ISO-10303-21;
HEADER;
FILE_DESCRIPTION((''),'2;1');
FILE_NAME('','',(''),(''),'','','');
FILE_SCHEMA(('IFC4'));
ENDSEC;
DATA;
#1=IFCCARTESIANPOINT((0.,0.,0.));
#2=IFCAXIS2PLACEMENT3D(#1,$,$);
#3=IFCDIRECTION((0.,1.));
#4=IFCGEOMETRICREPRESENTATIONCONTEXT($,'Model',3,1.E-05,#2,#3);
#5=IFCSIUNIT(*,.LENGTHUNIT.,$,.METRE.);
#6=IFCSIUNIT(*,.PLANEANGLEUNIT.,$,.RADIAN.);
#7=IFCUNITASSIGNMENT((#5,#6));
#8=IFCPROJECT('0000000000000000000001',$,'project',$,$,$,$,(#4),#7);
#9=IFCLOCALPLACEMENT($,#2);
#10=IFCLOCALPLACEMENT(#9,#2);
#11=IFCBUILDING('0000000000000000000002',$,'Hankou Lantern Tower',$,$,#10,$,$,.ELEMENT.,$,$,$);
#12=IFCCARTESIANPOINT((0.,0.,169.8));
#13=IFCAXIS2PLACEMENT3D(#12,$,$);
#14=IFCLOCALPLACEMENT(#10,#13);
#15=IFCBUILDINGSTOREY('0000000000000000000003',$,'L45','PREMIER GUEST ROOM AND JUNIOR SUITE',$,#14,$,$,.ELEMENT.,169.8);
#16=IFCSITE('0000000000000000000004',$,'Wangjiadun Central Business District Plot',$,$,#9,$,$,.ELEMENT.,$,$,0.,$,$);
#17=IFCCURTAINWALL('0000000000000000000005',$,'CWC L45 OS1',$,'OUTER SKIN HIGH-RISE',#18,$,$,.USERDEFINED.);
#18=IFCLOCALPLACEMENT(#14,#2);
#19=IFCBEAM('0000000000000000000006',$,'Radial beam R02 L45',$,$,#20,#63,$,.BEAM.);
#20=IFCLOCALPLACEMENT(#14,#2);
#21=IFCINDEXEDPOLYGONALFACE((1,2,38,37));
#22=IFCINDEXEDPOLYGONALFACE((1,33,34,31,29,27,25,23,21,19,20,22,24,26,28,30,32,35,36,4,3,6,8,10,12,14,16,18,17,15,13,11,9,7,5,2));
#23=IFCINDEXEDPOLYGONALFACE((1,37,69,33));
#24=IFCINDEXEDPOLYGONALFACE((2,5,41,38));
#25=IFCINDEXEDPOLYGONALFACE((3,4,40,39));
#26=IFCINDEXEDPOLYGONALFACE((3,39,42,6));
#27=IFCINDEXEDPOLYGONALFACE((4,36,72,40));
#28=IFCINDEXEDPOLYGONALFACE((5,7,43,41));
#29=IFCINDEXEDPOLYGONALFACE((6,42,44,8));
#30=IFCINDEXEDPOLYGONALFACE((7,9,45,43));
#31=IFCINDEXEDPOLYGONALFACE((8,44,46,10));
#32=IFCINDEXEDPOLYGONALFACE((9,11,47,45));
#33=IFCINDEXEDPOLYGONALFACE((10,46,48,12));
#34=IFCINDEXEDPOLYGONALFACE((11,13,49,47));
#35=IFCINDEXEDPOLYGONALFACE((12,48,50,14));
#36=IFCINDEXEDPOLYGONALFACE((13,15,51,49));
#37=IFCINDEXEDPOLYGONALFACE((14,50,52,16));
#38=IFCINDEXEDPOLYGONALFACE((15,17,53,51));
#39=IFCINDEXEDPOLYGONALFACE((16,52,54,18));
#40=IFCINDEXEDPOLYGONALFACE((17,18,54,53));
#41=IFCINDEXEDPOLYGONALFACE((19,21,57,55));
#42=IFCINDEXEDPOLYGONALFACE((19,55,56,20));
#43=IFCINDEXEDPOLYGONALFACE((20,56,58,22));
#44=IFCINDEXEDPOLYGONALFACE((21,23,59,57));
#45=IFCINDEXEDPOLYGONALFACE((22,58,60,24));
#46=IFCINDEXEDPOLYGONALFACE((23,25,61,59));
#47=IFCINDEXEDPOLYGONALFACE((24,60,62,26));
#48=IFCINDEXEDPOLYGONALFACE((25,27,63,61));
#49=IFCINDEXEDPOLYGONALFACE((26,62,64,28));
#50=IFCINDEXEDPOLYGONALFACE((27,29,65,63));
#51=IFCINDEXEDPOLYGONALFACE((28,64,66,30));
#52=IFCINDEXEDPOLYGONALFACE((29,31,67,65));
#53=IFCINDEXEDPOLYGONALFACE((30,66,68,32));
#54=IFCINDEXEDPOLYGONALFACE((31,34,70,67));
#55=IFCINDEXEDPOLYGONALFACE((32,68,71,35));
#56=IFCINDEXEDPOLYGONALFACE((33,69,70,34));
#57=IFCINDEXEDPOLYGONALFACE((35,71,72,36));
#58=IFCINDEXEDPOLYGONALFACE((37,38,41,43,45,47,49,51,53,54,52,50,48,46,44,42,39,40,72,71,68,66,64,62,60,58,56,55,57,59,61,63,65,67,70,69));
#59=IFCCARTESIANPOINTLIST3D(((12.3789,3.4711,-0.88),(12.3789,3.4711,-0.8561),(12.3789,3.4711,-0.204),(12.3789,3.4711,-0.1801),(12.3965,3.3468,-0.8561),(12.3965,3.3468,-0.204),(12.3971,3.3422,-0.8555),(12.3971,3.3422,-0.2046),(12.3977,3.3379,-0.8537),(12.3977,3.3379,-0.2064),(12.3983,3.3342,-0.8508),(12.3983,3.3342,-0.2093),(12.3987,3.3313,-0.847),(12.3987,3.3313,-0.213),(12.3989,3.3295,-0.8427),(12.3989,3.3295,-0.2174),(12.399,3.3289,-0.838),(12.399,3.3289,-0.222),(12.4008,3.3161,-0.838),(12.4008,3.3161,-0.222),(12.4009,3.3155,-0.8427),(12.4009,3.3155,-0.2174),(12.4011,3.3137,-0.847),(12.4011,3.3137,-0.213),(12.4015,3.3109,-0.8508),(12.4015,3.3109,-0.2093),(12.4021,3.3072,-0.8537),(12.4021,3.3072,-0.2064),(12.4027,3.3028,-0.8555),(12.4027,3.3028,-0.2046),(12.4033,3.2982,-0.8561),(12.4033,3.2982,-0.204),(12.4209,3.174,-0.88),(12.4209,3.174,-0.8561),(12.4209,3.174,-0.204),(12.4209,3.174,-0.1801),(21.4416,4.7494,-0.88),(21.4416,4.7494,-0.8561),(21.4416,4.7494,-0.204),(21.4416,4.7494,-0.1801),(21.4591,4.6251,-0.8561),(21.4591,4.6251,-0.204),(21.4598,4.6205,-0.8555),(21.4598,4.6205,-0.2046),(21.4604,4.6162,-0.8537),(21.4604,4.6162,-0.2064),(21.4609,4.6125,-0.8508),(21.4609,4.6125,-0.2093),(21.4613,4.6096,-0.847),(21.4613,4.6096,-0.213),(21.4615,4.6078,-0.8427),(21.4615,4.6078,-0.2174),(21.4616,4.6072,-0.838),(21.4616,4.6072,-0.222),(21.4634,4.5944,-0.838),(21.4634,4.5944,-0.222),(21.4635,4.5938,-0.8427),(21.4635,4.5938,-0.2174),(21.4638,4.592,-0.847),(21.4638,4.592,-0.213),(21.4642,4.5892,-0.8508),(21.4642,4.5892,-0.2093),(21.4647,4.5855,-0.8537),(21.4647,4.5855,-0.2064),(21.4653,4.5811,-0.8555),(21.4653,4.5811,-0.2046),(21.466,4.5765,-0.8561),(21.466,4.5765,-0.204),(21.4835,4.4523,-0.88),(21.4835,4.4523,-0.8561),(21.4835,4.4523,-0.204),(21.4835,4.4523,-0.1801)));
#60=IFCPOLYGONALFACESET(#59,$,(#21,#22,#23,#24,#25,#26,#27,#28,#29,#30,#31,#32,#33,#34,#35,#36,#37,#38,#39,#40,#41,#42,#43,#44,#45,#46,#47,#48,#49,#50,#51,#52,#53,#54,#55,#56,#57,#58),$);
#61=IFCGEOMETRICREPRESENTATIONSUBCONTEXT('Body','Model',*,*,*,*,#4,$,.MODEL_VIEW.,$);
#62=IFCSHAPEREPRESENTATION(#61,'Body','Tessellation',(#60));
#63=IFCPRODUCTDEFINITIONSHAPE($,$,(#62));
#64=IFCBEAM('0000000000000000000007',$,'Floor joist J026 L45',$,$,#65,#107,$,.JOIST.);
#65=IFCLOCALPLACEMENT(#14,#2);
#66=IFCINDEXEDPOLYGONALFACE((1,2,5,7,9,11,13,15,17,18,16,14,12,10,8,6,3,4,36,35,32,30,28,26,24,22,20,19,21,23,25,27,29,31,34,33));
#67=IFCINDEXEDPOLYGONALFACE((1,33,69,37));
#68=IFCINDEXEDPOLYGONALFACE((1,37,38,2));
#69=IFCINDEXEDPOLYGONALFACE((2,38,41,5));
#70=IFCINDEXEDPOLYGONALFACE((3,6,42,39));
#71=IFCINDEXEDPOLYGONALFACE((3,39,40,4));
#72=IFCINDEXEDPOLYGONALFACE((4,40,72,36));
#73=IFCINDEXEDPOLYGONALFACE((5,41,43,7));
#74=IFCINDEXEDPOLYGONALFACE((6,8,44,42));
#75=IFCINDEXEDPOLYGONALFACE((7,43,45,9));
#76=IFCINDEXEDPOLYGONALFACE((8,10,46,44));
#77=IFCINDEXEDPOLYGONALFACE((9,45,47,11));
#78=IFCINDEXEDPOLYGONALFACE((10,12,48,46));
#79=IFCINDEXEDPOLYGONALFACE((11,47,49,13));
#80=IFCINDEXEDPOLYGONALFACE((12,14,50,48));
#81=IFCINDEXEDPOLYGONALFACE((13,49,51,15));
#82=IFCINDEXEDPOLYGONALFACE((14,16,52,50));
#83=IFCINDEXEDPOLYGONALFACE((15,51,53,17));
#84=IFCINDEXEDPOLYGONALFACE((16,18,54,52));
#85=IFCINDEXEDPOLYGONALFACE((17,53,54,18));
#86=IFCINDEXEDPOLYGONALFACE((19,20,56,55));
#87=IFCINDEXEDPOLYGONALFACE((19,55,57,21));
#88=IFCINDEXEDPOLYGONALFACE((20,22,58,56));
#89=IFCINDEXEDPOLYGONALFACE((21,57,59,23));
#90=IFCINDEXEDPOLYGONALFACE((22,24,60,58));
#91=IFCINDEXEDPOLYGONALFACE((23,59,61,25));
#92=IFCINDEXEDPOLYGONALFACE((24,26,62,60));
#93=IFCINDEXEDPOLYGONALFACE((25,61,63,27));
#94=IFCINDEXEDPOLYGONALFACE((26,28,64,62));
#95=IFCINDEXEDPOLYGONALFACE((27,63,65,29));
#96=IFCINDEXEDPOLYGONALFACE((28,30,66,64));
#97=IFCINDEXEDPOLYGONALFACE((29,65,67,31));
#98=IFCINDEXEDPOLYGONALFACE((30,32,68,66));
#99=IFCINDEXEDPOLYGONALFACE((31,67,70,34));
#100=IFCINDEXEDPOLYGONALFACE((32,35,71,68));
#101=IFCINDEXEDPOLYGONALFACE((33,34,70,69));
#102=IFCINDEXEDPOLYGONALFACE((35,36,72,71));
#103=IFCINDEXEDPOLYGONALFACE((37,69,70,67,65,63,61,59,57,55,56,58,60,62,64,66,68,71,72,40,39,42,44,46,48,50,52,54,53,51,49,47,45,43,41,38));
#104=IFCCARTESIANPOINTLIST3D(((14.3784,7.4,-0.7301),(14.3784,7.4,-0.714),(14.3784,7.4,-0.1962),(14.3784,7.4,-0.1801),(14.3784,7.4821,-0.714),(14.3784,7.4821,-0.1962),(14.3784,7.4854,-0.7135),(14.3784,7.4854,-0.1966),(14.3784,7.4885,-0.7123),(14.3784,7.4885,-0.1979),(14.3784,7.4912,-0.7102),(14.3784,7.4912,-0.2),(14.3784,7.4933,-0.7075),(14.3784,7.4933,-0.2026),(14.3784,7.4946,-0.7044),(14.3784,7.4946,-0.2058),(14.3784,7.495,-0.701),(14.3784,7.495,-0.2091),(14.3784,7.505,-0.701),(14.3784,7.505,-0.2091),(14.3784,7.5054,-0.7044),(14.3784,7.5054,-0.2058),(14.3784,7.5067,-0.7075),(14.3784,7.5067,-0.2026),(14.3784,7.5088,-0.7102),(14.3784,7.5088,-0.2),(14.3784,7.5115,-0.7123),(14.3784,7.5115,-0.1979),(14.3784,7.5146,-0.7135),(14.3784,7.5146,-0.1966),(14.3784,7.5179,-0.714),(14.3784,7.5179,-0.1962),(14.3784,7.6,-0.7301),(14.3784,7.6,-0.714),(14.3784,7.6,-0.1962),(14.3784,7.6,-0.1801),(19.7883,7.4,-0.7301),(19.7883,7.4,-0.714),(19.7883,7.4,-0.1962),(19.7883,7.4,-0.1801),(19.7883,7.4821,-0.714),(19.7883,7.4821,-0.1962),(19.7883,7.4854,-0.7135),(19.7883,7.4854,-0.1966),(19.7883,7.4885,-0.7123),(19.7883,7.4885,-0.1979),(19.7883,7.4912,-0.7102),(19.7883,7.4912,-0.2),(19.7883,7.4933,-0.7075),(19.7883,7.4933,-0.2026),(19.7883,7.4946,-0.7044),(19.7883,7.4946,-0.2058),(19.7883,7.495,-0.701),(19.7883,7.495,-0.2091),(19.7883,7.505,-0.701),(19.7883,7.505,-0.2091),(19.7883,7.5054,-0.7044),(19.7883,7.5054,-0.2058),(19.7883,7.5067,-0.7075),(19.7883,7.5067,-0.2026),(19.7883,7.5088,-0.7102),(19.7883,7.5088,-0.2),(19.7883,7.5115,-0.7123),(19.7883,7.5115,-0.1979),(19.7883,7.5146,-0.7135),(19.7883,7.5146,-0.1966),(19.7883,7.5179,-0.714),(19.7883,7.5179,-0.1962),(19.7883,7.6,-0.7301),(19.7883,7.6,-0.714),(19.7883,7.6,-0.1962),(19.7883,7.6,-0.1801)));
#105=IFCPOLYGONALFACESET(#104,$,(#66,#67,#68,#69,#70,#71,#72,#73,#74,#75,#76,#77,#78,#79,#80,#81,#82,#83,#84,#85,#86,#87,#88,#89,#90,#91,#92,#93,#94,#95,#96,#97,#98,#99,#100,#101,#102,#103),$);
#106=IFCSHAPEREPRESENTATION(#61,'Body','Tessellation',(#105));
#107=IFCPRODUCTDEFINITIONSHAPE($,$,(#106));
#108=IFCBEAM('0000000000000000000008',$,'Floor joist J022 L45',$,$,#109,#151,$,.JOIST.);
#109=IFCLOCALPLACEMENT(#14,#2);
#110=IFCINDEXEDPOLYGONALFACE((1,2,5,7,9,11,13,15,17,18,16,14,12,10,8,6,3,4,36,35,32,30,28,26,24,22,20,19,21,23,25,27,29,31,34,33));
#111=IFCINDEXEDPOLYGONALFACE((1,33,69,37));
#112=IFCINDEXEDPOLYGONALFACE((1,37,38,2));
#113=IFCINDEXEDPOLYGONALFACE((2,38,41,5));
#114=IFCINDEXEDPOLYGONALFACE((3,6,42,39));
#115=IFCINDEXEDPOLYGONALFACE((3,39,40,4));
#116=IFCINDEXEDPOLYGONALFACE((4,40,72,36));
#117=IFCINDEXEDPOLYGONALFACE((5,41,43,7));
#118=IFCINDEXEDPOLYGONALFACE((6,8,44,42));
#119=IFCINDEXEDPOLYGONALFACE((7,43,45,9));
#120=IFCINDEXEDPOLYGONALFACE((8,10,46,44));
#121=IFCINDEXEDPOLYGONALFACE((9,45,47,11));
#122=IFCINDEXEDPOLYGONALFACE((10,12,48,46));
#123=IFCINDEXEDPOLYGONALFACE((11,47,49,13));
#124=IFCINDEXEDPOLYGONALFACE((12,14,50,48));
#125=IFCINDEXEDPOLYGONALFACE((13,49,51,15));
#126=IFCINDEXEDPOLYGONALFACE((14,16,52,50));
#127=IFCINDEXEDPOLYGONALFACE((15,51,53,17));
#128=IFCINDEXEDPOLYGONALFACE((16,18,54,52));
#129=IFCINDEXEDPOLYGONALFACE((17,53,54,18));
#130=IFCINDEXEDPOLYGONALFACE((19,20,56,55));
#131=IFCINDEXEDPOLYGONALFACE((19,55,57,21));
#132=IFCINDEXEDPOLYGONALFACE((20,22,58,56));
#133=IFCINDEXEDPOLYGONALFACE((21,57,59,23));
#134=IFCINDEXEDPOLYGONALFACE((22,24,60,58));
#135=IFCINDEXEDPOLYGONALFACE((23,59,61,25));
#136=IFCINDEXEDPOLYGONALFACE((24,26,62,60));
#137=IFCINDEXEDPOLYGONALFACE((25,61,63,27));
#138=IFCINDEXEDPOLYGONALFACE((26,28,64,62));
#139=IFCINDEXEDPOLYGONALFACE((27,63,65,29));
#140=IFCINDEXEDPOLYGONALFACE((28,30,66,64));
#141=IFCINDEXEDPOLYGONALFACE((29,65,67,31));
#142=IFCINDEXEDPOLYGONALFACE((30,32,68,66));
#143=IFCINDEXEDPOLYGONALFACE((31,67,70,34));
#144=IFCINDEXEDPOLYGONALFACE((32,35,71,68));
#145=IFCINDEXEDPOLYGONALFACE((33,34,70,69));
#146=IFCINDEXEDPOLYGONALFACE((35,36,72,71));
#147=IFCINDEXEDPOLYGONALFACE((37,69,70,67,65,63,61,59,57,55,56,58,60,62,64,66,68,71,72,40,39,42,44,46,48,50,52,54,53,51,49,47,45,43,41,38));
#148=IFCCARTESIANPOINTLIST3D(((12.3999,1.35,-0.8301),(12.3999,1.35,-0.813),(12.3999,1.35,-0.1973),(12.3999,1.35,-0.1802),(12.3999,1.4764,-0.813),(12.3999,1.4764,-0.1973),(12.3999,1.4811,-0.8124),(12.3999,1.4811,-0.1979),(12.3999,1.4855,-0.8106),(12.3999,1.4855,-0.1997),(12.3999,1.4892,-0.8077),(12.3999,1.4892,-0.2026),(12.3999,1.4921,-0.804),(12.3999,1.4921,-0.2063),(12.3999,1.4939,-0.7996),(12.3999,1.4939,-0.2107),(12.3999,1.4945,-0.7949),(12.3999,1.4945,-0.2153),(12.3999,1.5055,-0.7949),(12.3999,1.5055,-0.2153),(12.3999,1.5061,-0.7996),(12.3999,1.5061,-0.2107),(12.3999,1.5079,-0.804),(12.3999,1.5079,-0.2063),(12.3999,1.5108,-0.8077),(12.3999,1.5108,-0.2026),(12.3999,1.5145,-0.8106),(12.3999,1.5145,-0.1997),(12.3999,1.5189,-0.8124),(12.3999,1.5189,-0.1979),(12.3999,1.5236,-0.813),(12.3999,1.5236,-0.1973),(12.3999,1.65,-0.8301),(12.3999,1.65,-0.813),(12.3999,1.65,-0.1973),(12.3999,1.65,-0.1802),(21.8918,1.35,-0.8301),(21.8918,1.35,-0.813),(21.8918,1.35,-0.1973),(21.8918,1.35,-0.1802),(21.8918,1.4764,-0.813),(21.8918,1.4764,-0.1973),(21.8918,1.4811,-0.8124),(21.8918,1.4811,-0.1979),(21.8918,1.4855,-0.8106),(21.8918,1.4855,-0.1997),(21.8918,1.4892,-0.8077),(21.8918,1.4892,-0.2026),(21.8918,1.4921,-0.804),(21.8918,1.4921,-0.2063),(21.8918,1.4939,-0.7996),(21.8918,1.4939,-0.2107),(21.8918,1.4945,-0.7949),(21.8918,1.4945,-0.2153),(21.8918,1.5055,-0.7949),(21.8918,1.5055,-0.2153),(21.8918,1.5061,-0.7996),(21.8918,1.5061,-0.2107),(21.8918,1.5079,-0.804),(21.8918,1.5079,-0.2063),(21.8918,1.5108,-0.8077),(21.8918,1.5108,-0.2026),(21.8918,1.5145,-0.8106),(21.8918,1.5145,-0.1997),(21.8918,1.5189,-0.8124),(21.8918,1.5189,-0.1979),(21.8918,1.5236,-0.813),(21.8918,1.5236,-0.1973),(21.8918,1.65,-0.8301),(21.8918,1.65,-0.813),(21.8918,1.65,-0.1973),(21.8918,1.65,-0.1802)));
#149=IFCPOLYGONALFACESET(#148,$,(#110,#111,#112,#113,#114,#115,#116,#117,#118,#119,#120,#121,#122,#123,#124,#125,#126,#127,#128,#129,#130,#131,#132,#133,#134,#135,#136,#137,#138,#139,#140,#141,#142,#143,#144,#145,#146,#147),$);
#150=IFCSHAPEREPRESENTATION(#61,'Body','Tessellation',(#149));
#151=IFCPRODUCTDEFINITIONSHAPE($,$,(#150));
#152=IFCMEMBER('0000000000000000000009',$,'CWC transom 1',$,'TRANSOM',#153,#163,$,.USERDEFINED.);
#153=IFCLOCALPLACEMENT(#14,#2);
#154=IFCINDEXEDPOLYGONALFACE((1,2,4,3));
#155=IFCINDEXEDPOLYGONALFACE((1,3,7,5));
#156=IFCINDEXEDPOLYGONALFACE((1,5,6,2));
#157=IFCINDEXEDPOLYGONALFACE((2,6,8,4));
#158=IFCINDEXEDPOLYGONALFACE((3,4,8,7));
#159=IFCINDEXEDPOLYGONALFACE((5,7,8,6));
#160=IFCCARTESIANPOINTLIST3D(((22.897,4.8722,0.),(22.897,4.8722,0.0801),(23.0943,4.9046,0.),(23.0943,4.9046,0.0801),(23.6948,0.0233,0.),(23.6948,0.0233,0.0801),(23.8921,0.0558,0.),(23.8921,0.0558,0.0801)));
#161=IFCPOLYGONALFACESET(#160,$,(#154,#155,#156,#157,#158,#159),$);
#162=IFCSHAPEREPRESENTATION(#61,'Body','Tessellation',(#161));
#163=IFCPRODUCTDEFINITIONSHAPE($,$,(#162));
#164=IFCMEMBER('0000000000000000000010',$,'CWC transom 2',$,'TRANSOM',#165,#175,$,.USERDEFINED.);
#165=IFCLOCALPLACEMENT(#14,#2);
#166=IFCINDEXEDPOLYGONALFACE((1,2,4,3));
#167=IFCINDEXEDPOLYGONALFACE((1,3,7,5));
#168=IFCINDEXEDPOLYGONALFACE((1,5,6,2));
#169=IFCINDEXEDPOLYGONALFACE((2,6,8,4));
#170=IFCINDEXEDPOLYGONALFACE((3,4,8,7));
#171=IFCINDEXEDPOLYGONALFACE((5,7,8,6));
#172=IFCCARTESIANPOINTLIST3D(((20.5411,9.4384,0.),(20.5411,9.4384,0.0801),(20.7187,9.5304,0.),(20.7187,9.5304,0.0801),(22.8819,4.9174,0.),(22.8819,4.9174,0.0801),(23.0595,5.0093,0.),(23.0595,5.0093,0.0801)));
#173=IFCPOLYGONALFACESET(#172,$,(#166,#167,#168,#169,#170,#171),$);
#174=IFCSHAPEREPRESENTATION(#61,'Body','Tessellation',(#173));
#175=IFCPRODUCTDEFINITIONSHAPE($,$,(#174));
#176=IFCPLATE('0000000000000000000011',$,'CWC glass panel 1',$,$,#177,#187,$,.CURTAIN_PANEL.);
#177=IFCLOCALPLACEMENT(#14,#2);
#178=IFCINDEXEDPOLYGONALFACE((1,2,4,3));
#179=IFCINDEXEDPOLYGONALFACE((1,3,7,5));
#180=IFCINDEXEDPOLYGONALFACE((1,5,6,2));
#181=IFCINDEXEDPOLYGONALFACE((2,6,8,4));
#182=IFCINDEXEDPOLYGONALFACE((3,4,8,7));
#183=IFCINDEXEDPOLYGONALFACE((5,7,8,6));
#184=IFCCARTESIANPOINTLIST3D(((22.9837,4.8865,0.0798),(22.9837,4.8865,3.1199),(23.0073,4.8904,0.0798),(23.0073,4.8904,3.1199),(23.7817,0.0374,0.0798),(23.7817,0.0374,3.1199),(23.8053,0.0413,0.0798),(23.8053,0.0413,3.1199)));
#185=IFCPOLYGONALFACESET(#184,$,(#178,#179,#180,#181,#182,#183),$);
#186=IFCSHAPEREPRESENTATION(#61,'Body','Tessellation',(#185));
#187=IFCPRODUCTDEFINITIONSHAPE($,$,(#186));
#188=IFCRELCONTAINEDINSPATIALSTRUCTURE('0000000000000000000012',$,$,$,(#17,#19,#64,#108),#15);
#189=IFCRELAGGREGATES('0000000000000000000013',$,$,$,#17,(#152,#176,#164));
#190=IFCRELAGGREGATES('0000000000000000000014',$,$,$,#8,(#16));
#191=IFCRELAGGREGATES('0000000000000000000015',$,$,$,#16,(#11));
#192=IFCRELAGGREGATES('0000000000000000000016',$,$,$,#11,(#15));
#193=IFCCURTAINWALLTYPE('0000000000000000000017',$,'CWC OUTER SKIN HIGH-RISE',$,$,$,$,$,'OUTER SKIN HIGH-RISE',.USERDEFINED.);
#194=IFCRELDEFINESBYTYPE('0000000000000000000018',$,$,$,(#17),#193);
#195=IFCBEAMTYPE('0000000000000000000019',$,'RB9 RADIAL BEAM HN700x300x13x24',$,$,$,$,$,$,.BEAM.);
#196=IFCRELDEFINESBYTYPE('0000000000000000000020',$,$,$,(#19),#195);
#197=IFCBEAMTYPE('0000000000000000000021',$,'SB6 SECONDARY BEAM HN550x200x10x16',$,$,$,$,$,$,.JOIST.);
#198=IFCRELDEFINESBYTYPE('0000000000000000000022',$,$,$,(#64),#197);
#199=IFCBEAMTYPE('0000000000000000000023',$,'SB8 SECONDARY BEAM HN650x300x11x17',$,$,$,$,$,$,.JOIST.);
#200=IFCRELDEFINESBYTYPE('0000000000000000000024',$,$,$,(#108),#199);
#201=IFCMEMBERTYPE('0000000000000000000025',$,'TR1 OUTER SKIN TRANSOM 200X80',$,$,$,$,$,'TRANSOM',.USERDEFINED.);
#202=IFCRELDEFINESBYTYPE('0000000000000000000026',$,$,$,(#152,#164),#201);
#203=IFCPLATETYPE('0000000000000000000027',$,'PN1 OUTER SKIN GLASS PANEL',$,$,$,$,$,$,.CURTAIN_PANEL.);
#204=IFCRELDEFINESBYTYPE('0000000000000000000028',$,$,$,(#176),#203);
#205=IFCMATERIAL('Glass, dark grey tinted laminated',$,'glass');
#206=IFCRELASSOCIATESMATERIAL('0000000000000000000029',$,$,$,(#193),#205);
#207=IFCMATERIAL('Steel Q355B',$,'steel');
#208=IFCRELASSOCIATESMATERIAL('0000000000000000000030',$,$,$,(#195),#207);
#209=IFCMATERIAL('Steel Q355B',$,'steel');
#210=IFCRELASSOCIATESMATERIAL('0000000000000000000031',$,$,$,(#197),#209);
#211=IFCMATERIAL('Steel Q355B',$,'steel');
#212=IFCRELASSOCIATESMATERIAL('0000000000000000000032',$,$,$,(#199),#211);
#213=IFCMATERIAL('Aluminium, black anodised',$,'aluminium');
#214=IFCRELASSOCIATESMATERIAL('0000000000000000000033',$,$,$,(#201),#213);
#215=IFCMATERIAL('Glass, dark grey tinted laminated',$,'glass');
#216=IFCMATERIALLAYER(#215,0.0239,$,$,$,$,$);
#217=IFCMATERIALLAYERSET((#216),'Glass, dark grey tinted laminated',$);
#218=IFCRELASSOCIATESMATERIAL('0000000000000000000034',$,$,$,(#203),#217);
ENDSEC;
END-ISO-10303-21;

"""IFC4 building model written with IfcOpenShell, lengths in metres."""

from ifc_helpers import new_model, si_unit, direction, frame, origin, origin_2d, place, context, subcontext, project, spatial, rectangle, i_section, extrude, material, layer, layer_set, material_profile, profile_set, type_object, element, aggregate, save


model = new_model("IFC4")

# Units and contexts
model_context = context("Model", 3, precision=1e-05, world=origin(), true_north=direction((0.0, 1.0)))
body_context = subcontext(model_context, "Body", "Model", "MODEL_VIEW")
ifc_project = project(units=[si_unit("LENGTHUNIT", "METRE"), si_unit("PLANEANGLEUNIT", "RADIAN")], contexts=[model_context])

# Site, building, storey
site_placement = place(None, origin())
site = spatial("IfcSite", under=ifc_project, at=site_placement, Name="Wangjiadun Central Business District Plot", CompositionType="ELEMENT", RefElevation=0.0)
building_placement = place(site_placement, origin())
building = spatial("IfcBuilding", under=site, at=building_placement, Name="Hankou Lantern Tower", CompositionType="ELEMENT")
storey_placement = place(building_placement, frame((0.0, 0.0, 169.8)))
storey = spatial("IfcBuildingStorey", under=building, at=storey_placement, Name="L45", Description="PREMIER GUEST ROOM AND JUNIOR SUITE", CompositionType="ELEMENT", Elevation=169.8)

# Curtain wall
ifc_material_1 = material(Name="Glass, dark grey tinted laminated", Category="glass")
curtain_wall_type = type_object("IfcCurtainWallType", Name="CWC OUTER SKIN HIGH-RISE", ElementType="OUTER SKIN HIGH-RISE", PredefinedType="USERDEFINED", material=ifc_material_1)
curtain_wall_placement = place(storey_placement, origin())
curtain_wall = element("IfcCurtainWall", 1, at=curtain_wall_placement, inside=storey, type_object=curtain_wall_type, Name="CWC L45 OS1", ObjectType="OUTER SKIN HIGH-RISE", PredefinedType="USERDEFINED")

# Beams
ifc_material_2 = material(Name="Steel Q355B", Category="steel")
ifc_material_profile_1 = material_profile(ifc_material_2, i_section(OverallWidth=0.3, OverallDepth=0.7, WebThickness=0.0129, FlangeThickness=0.0239, FilletRadius=0.0181, at=origin_2d()), Name="HN700x300x13x24")
ifc_profile_set_1 = profile_set([ifc_material_profile_1], Name="Steel Q355B")
beam_type_1 = type_object("IfcBeamType", Name="RB9 RADIAL BEAM HN700x300x13x24", PredefinedType="BEAM", material=ifc_profile_set_1)
beam_1_placement = place(storey_placement, frame((12.3999, 3.3225, -0.53), z_axis=(0.990198, 0.13967, 0.0), x_axis=(-0.13967, 0.990198, 0.0)))
element("IfcBeam", 2, at=beam_1_placement, inside=storey, type_object=beam_type_1, Name="Radial beam R02 L45", PredefinedType="BEAM", context=body_context, shape_type="SweptSolid", body=[
    extrude(i_section(OverallWidth=0.3, OverallDepth=0.7, WebThickness=0.0129, FlangeThickness=0.0239, FilletRadius=0.0181, at=origin_2d()), origin(), (0.0, 0.0, 1.0), 9.1523),
])
ifc_material_3 = material(Name="Steel Q355B", Category="steel")
ifc_material_profile_2 = material_profile(ifc_material_3, i_section(OverallWidth=0.2, OverallDepth=0.55, WebThickness=0.01, FlangeThickness=0.0161, FilletRadius=0.0129, at=origin_2d()), Name="HN550x200x10x16")
ifc_profile_set_2 = profile_set([ifc_material_profile_2], Name="Steel Q355B")
beam_type_2 = type_object("IfcBeamType", Name="SB6 SECONDARY BEAM HN550x200x10x16", PredefinedType="JOIST", material=ifc_profile_set_2)
beam_2_placement = place(storey_placement, frame((14.3784, 7.5, -0.4551), z_axis=(1.0, 0.0, 0.0), x_axis=(0.0, 1.0, 0.0)))
element("IfcBeam", 3, at=beam_2_placement, inside=storey, type_object=beam_type_2, Name="Floor joist J026 L45", PredefinedType="JOIST", context=body_context, shape_type="SweptSolid", body=[
    extrude(i_section(OverallWidth=0.2, OverallDepth=0.55, WebThickness=0.01, FlangeThickness=0.0161, FilletRadius=0.0129, at=origin_2d()), origin(), (0.0, 0.0, 1.0), 5.4099),
])
ifc_material_4 = material(Name="Steel Q355B", Category="steel")
ifc_material_profile_3 = material_profile(ifc_material_4, i_section(OverallWidth=0.3, OverallDepth=0.6499, WebThickness=0.011, FlangeThickness=0.0171, FilletRadius=0.0181, at=origin_2d()), Name="HN650x300x11x17")
ifc_profile_set_3 = profile_set([ifc_material_profile_3], Name="Steel Q355B")
beam_type_3 = type_object("IfcBeamType", Name="SB8 SECONDARY BEAM HN650x300x11x17", PredefinedType="JOIST", material=ifc_profile_set_3)
beam_3_placement = place(storey_placement, frame((12.3999, 1.5, -0.5051), z_axis=(1.0, 0.0, 0.0), x_axis=(0.0, 1.0, 0.0)))
element("IfcBeam", 4, at=beam_3_placement, inside=storey, type_object=beam_type_3, Name="Floor joist J022 L45", PredefinedType="JOIST", context=body_context, shape_type="SweptSolid", body=[
    extrude(i_section(OverallWidth=0.3, OverallDepth=0.6499, WebThickness=0.011, FlangeThickness=0.0171, FilletRadius=0.0181, at=origin_2d()), origin(), (0.0, 0.0, 1.0), 9.4919),
])

# Members
ifc_material_5 = material(Name="Aluminium, black anodised", Category="aluminium")
ifc_material_profile_4 = material_profile(ifc_material_5, rectangle(XDim=0.2, YDim=0.0801, at=origin_2d()), Name="TR1 200X80")
ifc_profile_set_4 = profile_set([ifc_material_profile_4], Name="Aluminium, black anodised")
member_type_1 = type_object("IfcMemberType", Name="TR1 OUTER SKIN TRANSOM 200X80", ElementType="TRANSOM", PredefinedType="USERDEFINED", material=ifc_profile_set_4)
member_1_placement = place(storey_placement, frame((23.7935, 0.0396, 0.04), z_axis=(-0.16236, 0.986732, 0.0), x_axis=(-0.986732, -0.16236, 0.0)))
member_1 = element("IfcMember", 5, at=member_1_placement, type_object=member_type_1, Name="CWC transom 1", ObjectType="TRANSOM", PredefinedType="USERDEFINED", context=body_context, shape_type="SweptSolid", body=[
    extrude(rectangle(XDim=0.2, YDim=0.0801, at=origin_2d()), origin(), (0.0, 0.0, 1.0), 4.9141),
])
member_2_placement = place(storey_placement, frame((22.9707, 4.9634, 0.04), z_axis=(-0.459791, 0.888027, 0.0), x_axis=(-0.888027, -0.459791, 0.0)))
member_2 = element("IfcMember", 6, at=member_2_placement, type_object=member_type_1, Name="CWC transom 2", ObjectType="TRANSOM", PredefinedType="USERDEFINED", context=body_context, shape_type="SweptSolid", body=[
    extrude(rectangle(XDim=0.2, YDim=0.0801, at=origin_2d()), origin(), (0.0, 0.0, 1.0), 5.0911),
])

# Plate
ifc_material_6 = material(Name="Glass, dark grey tinted laminated", Category="glass")
ifc_layer_1 = layer(ifc_material_6, 0.0239)
ifc_layer_set_1 = layer_set([ifc_layer_1], Name="Glass, dark grey tinted laminated")
plate_type = type_object("IfcPlateType", Name="PN1 OUTER SKIN GLASS PANEL", PredefinedType="CURTAIN_PANEL", material=ifc_layer_set_1)
plate_1_placement = place(storey_placement, frame((23.3945, 2.4639, 0.0798), z_axis=(0.0, 0.0, 1.0), x_axis=(-0.162382, 0.986728, 0.0)))
plate_1 = element("IfcPlate", 7, at=plate_1_placement, type_object=plate_type, Name="CWC glass panel 1", PredefinedType="CURTAIN_PANEL", context=body_context, shape_type="SweptSolid", body=[
    extrude(rectangle(XDim=4.9143, YDim=0.0239, at=origin_2d()), origin(), (0.0, 0.0, 1.0), 3.04),
])
aggregate(curtain_wall, [member_1, plate_1, member_2])

save(model, "model.ifc")
